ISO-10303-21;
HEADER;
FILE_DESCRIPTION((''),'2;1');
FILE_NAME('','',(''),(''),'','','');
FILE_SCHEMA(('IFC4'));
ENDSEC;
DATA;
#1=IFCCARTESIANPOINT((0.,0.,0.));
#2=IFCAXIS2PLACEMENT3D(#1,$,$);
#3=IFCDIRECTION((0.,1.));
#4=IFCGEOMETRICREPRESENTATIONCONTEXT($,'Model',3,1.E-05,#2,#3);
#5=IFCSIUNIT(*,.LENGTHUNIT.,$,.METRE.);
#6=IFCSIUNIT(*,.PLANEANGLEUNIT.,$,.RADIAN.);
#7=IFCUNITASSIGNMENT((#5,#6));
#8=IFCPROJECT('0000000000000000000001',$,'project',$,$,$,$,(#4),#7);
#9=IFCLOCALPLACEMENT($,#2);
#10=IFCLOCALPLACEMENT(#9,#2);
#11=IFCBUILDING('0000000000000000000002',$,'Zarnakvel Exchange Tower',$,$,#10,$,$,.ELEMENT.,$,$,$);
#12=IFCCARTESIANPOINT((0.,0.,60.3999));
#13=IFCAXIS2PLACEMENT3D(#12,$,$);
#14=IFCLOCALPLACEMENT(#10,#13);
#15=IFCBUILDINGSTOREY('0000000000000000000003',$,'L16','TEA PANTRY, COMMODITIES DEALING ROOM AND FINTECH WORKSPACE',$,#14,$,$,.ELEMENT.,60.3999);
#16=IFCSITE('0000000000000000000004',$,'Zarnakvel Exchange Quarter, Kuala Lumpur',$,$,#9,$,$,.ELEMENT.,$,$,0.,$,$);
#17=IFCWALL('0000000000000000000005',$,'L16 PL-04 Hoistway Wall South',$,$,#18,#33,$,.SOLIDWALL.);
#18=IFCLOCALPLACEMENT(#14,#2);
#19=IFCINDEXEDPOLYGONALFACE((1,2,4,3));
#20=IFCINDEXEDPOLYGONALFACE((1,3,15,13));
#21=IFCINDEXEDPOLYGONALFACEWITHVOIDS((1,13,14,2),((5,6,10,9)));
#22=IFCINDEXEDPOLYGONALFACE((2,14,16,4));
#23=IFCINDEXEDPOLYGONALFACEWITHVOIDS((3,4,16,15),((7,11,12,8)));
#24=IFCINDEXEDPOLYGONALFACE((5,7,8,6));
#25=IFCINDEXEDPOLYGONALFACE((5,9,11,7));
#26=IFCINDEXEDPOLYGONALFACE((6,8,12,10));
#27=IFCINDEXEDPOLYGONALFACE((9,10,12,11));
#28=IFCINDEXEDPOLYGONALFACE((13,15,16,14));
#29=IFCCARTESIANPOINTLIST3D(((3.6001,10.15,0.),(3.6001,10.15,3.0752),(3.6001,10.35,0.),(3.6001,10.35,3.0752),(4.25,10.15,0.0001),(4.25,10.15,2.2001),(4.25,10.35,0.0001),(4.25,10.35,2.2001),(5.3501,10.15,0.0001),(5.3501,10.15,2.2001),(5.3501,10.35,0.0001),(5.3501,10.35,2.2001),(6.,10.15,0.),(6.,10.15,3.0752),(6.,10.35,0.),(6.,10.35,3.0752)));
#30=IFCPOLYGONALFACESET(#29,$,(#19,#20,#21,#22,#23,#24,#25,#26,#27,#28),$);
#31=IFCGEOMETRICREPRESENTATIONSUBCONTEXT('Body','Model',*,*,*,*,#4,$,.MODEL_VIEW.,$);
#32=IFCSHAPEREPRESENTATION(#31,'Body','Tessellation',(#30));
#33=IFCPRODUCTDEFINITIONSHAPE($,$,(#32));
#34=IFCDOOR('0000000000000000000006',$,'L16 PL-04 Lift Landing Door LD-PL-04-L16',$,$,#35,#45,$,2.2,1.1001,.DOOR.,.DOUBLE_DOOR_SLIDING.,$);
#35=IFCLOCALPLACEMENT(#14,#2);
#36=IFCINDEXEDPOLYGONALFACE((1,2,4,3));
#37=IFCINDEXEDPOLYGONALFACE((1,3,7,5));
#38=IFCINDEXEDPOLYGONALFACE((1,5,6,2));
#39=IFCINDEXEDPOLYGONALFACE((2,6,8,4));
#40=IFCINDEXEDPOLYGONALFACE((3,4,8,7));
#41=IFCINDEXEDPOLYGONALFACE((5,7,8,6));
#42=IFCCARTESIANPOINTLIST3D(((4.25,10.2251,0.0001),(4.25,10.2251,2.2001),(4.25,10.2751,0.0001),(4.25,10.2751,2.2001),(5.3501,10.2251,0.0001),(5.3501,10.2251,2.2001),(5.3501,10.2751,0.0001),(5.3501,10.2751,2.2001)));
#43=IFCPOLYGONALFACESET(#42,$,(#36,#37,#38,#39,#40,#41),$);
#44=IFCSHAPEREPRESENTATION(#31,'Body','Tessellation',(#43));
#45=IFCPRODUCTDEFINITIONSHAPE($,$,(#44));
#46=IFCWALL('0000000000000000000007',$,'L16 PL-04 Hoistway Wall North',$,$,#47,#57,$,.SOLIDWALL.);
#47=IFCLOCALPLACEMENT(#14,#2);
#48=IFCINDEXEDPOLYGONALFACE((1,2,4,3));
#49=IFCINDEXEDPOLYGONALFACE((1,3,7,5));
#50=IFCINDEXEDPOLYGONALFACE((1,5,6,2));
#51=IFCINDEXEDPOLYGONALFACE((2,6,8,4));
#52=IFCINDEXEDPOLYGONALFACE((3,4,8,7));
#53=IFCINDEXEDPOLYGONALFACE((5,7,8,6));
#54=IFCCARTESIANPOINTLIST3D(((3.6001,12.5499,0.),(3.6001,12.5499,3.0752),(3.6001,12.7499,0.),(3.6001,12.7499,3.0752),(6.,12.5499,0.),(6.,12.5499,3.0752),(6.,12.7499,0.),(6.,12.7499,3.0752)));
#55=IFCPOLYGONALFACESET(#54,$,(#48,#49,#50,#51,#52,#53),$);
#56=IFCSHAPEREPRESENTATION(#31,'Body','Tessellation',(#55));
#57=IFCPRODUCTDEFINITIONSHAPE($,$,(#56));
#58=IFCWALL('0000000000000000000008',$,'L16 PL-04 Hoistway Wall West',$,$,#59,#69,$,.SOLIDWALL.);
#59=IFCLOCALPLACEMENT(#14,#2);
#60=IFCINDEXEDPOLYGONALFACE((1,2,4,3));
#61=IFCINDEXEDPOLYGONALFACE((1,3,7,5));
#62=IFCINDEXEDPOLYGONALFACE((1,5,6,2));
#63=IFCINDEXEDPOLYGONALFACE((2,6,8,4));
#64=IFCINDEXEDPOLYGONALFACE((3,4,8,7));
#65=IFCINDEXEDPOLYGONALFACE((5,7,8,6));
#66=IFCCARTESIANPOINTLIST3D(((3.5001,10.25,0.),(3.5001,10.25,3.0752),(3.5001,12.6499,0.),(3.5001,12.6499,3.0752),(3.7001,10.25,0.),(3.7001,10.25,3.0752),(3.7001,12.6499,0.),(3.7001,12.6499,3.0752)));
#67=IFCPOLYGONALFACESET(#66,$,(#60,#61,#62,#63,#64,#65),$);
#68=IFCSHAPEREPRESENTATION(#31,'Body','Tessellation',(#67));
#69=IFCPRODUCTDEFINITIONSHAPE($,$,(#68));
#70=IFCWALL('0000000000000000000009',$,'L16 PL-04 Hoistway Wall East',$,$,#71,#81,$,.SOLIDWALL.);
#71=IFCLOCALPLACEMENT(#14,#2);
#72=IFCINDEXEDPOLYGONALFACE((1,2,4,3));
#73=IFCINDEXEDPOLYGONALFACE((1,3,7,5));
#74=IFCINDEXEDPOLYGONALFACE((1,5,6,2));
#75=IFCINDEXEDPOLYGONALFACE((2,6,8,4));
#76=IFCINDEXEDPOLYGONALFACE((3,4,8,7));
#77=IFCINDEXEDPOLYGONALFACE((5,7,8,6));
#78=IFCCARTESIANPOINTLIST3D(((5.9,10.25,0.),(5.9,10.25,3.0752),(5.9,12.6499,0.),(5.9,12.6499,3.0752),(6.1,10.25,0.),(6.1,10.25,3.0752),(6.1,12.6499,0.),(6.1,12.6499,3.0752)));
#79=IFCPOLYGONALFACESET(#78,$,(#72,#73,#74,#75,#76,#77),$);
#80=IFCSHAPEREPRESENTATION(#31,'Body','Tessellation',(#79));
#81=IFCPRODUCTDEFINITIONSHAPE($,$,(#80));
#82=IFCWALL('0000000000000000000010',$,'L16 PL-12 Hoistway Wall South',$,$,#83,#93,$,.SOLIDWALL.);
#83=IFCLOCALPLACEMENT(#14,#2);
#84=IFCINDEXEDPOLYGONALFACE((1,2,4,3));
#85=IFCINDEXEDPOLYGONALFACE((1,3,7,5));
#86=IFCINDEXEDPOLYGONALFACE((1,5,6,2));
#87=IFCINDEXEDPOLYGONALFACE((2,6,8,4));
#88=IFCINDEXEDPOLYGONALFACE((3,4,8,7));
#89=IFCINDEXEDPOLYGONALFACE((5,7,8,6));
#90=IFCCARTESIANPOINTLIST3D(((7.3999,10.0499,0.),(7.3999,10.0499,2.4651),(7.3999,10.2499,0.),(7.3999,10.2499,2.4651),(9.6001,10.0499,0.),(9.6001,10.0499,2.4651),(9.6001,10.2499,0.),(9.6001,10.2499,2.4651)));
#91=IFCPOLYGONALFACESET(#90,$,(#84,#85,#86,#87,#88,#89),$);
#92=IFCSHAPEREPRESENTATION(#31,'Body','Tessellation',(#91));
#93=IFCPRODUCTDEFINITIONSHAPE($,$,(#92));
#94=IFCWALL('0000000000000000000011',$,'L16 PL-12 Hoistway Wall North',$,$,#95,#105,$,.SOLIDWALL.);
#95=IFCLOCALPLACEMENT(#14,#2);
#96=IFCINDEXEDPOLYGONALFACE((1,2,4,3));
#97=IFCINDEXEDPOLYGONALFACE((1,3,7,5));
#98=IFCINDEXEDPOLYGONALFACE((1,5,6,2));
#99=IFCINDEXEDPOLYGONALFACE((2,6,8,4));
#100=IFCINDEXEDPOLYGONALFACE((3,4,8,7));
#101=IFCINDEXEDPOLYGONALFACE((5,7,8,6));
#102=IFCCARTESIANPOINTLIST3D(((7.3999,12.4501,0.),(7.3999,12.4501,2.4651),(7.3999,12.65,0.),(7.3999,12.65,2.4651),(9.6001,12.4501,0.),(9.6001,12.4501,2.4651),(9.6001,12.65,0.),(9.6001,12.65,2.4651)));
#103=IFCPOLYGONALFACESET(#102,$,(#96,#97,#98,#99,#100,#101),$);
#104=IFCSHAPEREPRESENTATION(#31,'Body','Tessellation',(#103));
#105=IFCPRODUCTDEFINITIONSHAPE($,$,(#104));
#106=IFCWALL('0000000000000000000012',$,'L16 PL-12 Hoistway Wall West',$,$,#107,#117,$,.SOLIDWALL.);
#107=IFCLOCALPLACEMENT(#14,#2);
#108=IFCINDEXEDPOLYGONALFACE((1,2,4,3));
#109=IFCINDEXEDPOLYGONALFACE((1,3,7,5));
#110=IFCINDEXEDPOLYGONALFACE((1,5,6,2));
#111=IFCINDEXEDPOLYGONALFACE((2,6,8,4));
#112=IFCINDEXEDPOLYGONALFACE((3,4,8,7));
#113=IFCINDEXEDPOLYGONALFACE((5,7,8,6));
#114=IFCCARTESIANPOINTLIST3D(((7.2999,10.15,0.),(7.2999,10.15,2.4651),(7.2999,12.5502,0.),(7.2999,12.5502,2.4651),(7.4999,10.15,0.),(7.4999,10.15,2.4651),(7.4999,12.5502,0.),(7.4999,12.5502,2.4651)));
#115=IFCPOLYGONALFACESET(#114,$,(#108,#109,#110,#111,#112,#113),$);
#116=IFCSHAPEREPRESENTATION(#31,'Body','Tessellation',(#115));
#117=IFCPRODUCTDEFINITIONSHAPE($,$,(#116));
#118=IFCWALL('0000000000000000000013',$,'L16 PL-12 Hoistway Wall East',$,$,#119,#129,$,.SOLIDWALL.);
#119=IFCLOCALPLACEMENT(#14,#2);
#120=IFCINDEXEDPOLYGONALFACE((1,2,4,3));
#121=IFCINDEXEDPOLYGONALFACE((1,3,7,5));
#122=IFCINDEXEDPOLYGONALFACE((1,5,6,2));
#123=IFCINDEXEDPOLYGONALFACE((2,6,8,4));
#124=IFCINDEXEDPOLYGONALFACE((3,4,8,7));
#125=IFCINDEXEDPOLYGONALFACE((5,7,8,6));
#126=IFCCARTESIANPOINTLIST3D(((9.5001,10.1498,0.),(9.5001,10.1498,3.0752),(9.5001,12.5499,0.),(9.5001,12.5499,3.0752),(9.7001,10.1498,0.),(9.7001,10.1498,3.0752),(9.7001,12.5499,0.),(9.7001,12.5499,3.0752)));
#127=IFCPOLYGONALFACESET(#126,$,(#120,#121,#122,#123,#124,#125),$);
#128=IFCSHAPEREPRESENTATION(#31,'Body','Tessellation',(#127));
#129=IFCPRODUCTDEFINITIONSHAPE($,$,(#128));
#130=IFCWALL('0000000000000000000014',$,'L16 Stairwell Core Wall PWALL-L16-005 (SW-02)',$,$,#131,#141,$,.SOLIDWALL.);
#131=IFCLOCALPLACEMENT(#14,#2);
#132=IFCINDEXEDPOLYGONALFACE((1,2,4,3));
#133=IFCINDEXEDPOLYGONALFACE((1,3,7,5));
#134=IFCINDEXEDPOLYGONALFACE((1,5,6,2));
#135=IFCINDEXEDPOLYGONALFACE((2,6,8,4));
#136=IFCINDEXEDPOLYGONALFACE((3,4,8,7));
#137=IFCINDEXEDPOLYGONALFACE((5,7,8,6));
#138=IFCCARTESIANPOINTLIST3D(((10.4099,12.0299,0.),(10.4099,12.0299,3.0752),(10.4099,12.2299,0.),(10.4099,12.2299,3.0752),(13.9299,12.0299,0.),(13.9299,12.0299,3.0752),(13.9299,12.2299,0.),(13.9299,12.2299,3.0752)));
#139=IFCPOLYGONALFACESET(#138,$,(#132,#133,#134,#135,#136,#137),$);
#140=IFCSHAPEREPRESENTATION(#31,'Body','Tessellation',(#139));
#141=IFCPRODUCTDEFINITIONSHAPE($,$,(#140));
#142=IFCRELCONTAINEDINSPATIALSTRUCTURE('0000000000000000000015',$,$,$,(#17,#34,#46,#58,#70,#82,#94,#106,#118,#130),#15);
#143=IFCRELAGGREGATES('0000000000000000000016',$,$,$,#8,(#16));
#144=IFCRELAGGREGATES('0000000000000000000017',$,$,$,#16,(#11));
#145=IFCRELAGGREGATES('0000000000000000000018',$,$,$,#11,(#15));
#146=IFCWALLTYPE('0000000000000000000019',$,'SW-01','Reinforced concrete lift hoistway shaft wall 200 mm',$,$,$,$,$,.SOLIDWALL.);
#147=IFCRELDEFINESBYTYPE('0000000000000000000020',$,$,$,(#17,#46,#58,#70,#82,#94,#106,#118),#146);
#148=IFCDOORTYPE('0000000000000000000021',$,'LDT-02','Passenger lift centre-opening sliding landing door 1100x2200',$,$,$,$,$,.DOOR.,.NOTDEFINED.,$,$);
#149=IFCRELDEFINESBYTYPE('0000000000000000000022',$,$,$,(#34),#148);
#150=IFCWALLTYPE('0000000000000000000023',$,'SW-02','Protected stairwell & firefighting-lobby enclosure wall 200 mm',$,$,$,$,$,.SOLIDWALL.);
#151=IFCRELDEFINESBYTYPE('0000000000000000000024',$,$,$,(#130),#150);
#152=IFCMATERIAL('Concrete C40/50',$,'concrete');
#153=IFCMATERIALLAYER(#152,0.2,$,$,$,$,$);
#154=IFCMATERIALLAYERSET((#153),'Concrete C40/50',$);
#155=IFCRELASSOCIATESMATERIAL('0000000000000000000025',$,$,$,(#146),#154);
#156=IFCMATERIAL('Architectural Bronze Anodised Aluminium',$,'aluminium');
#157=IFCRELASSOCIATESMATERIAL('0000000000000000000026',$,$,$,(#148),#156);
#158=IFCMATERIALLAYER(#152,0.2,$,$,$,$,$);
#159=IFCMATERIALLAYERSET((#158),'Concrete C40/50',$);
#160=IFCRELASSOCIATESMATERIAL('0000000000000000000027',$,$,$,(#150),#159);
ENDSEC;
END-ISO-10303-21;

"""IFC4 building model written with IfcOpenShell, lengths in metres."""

from ifc_helpers import new_model, si_unit, direction, frame, frame_2d, origin, place, context, subcontext, project, spatial, rectangle, extrude, source, transform, mapped, material, layer, layer_set, type_object, element, fill, save


model = new_model("IFC4")

# Units and contexts
model_context = context("Model", 3, precision=1e-05, world=origin(), true_north=direction((0.0, 1.0)))
body_context = subcontext(model_context, "Body", "Model", "MODEL_VIEW")
ifc_project = project(units=[si_unit("LENGTHUNIT", "METRE"), si_unit("PLANEANGLEUNIT", "RADIAN")], contexts=[model_context])

# Site, building, storey
site_placement = place(None, origin())
site = spatial("IfcSite", under=ifc_project, at=site_placement, Name="Zarnakvel Exchange Quarter, Kuala Lumpur", CompositionType="ELEMENT", RefElevation=0.0)
building_placement = place(site_placement, origin())
building = spatial("IfcBuilding", under=site, at=building_placement, Name="Zarnakvel Exchange Tower", CompositionType="ELEMENT")
storey_placement = place(building_placement, frame((0.0, 0.0, 60.3999)))
storey = spatial("IfcBuildingStorey", under=building, at=storey_placement, Name="L16", Description="TEA PANTRY, COMMODITIES DEALING ROOM AND FINTECH WORKSPACE", CompositionType="ELEMENT", Elevation=60.3999)

# Shared definitions
ifc_material_1 = material(Name="Architectural Bronze Anodised Aluminium", Category="aluminium")

# Shared definitions
ifc_material_2 = material(Name="Concrete C40/50", Category="concrete")
ifc_layer_1 = layer(ifc_material_2, 0.2)
ifc_layer_set_1 = layer_set([ifc_layer_1], Name="Concrete C40/50")
wall_type_1 = type_object("IfcWallType", Name="SW-01", Description="Reinforced concrete lift hoistway shaft wall 200 mm", PredefinedType="SOLIDWALL", material=ifc_layer_set_1)
door_type = type_object("IfcDoorType", Name="LDT-02", Description="Passenger lift centre-opening sliding landing door 1100x2200", OperationType="NOTDEFINED", PredefinedType="DOOR", material=ifc_material_1)
shared_shape_1 = source(origin(), body_context, "Body", "SweptSolid", [
    extrude(rectangle(XDim=1.1001, YDim=2.2, at=frame_2d((0.55, 1.1001))), frame((0.0, 0.0249, 0.0), z_axis=(0.0, -1.0, 0.0), x_axis=(1.0, 0.0, 0.0)), (0.0, 0.0, 1.0), 0.05),
])

# Wall, opening, door
wall_1_placement = place(storey_placement, frame((6.0, 10.25, 0.0), z_axis=(0.0, 0.0, 1.0), x_axis=(-1.0, 0.0, 0.0)))
wall_1 = element("IfcWall", 1, at=wall_1_placement, inside=storey, type_object=wall_type_1, Name="L16 PL-04 Hoistway Wall South", PredefinedType="SOLIDWALL", context=body_context, shape_type="SweptSolid", body=[
    extrude(rectangle(XDim=2.3999, YDim=0.2, at=frame_2d((1.2, 0.0))), origin(), (0.0, 0.0, 1.0), 3.0752),
])
opening_1_placement = place(wall_1_placement, frame((0.6499, 0.0, 0.0)))
opening_1 = element("IfcOpeningElement", 2, at=opening_1_placement, cuts=wall_1, PredefinedType="OPENING", context=body_context, shape_type="SweptSolid", body=[
    extrude(rectangle(XDim=1.1001, YDim=2.2, at=frame_2d((0.55, 1.1001))), frame((0.0, 0.1099, 0.0), z_axis=(0.0, -1.0, 0.0), x_axis=(1.0, 0.0, 0.0)), (0.0, 0.0, 1.0), 0.22),
])
door_1_placement = place(opening_1_placement, origin())
door_1 = element("IfcDoor", 3, at=door_1_placement, inside=storey, type_object=door_type, Name="L16 PL-04 Lift Landing Door LD-PL-04-L16", OperationType="DOUBLE_DOOR_SLIDING", OverallHeight=2.2, OverallWidth=1.1001, PredefinedType="DOOR", context=body_context, shape_type="MappedRepresentation", body=[
    mapped(shared_shape_1, transform((0.0, 0.0, 0.0), x_axis=(1.0, 0.0, 0.0), y_axis=(0.0, 1.0, 0.0), z_axis=(0.0, 0.0, 1.0), scale=1.0)),
])
fill(opening_1, door_1)

# Walls
for number, where, z_axis, x_axis, name in (
    (4, (3.6001, 12.6499, 0.0), (0.0, 0.0, 1.0), (1.0, 0.0, 0.0), "L16 PL-04 Hoistway Wall North"),
    (5, (3.6001, 10.25, 0.0), (0.0, 0.0, 1.0), (0.0, 1.0, 0.0), "L16 PL-04 Hoistway Wall West"),
    (6, (6.0, 12.6499, 0.0), (0.0, 0.0, 1.0), (0.0, -1.0, 0.0), "L16 PL-04 Hoistway Wall East"),
):
    element("IfcWall", number, at=place(storey_placement, frame(where, z_axis=z_axis, x_axis=x_axis)), inside=storey, type_object=wall_type_1, Name=name, PredefinedType="SOLIDWALL", context=body_context, shape_type="SweptSolid", body=[
        extrude(rectangle(XDim=2.3999, YDim=0.2, at=frame_2d((1.2, 0.0))), origin(), (0.0, 0.0, 1.0), 3.0752),
    ])
for number, where, z_axis, x_axis, name in (
    (7, (9.6001, 10.1499, 0.0), (0.0, 0.0, 1.0), (-1.0, 0.0, 0.0), "L16 PL-12 Hoistway Wall South"),
    (8, (7.3999, 12.55, 0.0), (0.0, 0.0, 1.0), (1.0, 0.0, 0.0), "L16 PL-12 Hoistway Wall North"),
):
    element("IfcWall", number, at=place(storey_placement, frame(where, z_axis=z_axis, x_axis=x_axis)), inside=storey, type_object=wall_type_1, Name=name, PredefinedType="SOLIDWALL", context=body_context, shape_type="SweptSolid", body=[
        extrude(rectangle(XDim=2.2002, YDim=0.2, at=frame_2d((1.1001, 0.0))), origin(), (0.0, 0.0, 1.0), 2.4651),
    ])
wall_2_placement = place(storey_placement, frame((7.3999, 10.1499, 0.0), z_axis=(0.0, 0.0, 1.0), x_axis=(0.0, 1.0, 0.0)))
element("IfcWall", 9, at=wall_2_placement, inside=storey, type_object=wall_type_1, Name="L16 PL-12 Hoistway Wall West", PredefinedType="SOLIDWALL", context=body_context, shape_type="SweptSolid", body=[
    extrude(rectangle(XDim=2.4001, YDim=0.2, at=frame_2d((1.2002, 0.0))), origin(), (0.0, 0.0, 1.0), 2.4651),
])
wall_3_placement = place(storey_placement, frame((9.6001, 12.55, 0.0), z_axis=(0.0, 0.0, 1.0), x_axis=(0.0, -1.0, 0.0)))
element("IfcWall", 10, at=wall_3_placement, inside=storey, type_object=wall_type_1, Name="L16 PL-12 Hoistway Wall East", PredefinedType="SOLIDWALL", context=body_context, shape_type="SweptSolid", body=[
    extrude(rectangle(XDim=2.4001, YDim=0.2, at=frame_2d((1.2002, 0.0))), origin(), (0.0, 0.0, 1.0), 3.0752),
])
ifc_layer_2 = layer(ifc_material_2, 0.2)
ifc_layer_set_2 = layer_set([ifc_layer_2], Name="Concrete C40/50")
wall_type_2 = type_object("IfcWallType", Name="SW-02", Description="Protected stairwell & firefighting-lobby enclosure wall 200 mm", PredefinedType="SOLIDWALL", material=ifc_layer_set_2)
wall_4_placement = place(storey_placement, frame((10.4099, 12.1299, 0.0), z_axis=(0.0, 0.0, 1.0), x_axis=(1.0, 0.0, 0.0)))
element("IfcWall", 11, at=wall_4_placement, inside=storey, type_object=wall_type_2, Name="L16 Stairwell Core Wall PWALL-L16-005 (SW-02)", PredefinedType="SOLIDWALL", context=body_context, shape_type="SweptSolid", body=[
    extrude(rectangle(XDim=3.52, YDim=0.2, at=frame_2d((1.76, 0.0))), origin(), (0.0, 0.0, 1.0), 3.0752),
])

save(model, "model.ifc")
